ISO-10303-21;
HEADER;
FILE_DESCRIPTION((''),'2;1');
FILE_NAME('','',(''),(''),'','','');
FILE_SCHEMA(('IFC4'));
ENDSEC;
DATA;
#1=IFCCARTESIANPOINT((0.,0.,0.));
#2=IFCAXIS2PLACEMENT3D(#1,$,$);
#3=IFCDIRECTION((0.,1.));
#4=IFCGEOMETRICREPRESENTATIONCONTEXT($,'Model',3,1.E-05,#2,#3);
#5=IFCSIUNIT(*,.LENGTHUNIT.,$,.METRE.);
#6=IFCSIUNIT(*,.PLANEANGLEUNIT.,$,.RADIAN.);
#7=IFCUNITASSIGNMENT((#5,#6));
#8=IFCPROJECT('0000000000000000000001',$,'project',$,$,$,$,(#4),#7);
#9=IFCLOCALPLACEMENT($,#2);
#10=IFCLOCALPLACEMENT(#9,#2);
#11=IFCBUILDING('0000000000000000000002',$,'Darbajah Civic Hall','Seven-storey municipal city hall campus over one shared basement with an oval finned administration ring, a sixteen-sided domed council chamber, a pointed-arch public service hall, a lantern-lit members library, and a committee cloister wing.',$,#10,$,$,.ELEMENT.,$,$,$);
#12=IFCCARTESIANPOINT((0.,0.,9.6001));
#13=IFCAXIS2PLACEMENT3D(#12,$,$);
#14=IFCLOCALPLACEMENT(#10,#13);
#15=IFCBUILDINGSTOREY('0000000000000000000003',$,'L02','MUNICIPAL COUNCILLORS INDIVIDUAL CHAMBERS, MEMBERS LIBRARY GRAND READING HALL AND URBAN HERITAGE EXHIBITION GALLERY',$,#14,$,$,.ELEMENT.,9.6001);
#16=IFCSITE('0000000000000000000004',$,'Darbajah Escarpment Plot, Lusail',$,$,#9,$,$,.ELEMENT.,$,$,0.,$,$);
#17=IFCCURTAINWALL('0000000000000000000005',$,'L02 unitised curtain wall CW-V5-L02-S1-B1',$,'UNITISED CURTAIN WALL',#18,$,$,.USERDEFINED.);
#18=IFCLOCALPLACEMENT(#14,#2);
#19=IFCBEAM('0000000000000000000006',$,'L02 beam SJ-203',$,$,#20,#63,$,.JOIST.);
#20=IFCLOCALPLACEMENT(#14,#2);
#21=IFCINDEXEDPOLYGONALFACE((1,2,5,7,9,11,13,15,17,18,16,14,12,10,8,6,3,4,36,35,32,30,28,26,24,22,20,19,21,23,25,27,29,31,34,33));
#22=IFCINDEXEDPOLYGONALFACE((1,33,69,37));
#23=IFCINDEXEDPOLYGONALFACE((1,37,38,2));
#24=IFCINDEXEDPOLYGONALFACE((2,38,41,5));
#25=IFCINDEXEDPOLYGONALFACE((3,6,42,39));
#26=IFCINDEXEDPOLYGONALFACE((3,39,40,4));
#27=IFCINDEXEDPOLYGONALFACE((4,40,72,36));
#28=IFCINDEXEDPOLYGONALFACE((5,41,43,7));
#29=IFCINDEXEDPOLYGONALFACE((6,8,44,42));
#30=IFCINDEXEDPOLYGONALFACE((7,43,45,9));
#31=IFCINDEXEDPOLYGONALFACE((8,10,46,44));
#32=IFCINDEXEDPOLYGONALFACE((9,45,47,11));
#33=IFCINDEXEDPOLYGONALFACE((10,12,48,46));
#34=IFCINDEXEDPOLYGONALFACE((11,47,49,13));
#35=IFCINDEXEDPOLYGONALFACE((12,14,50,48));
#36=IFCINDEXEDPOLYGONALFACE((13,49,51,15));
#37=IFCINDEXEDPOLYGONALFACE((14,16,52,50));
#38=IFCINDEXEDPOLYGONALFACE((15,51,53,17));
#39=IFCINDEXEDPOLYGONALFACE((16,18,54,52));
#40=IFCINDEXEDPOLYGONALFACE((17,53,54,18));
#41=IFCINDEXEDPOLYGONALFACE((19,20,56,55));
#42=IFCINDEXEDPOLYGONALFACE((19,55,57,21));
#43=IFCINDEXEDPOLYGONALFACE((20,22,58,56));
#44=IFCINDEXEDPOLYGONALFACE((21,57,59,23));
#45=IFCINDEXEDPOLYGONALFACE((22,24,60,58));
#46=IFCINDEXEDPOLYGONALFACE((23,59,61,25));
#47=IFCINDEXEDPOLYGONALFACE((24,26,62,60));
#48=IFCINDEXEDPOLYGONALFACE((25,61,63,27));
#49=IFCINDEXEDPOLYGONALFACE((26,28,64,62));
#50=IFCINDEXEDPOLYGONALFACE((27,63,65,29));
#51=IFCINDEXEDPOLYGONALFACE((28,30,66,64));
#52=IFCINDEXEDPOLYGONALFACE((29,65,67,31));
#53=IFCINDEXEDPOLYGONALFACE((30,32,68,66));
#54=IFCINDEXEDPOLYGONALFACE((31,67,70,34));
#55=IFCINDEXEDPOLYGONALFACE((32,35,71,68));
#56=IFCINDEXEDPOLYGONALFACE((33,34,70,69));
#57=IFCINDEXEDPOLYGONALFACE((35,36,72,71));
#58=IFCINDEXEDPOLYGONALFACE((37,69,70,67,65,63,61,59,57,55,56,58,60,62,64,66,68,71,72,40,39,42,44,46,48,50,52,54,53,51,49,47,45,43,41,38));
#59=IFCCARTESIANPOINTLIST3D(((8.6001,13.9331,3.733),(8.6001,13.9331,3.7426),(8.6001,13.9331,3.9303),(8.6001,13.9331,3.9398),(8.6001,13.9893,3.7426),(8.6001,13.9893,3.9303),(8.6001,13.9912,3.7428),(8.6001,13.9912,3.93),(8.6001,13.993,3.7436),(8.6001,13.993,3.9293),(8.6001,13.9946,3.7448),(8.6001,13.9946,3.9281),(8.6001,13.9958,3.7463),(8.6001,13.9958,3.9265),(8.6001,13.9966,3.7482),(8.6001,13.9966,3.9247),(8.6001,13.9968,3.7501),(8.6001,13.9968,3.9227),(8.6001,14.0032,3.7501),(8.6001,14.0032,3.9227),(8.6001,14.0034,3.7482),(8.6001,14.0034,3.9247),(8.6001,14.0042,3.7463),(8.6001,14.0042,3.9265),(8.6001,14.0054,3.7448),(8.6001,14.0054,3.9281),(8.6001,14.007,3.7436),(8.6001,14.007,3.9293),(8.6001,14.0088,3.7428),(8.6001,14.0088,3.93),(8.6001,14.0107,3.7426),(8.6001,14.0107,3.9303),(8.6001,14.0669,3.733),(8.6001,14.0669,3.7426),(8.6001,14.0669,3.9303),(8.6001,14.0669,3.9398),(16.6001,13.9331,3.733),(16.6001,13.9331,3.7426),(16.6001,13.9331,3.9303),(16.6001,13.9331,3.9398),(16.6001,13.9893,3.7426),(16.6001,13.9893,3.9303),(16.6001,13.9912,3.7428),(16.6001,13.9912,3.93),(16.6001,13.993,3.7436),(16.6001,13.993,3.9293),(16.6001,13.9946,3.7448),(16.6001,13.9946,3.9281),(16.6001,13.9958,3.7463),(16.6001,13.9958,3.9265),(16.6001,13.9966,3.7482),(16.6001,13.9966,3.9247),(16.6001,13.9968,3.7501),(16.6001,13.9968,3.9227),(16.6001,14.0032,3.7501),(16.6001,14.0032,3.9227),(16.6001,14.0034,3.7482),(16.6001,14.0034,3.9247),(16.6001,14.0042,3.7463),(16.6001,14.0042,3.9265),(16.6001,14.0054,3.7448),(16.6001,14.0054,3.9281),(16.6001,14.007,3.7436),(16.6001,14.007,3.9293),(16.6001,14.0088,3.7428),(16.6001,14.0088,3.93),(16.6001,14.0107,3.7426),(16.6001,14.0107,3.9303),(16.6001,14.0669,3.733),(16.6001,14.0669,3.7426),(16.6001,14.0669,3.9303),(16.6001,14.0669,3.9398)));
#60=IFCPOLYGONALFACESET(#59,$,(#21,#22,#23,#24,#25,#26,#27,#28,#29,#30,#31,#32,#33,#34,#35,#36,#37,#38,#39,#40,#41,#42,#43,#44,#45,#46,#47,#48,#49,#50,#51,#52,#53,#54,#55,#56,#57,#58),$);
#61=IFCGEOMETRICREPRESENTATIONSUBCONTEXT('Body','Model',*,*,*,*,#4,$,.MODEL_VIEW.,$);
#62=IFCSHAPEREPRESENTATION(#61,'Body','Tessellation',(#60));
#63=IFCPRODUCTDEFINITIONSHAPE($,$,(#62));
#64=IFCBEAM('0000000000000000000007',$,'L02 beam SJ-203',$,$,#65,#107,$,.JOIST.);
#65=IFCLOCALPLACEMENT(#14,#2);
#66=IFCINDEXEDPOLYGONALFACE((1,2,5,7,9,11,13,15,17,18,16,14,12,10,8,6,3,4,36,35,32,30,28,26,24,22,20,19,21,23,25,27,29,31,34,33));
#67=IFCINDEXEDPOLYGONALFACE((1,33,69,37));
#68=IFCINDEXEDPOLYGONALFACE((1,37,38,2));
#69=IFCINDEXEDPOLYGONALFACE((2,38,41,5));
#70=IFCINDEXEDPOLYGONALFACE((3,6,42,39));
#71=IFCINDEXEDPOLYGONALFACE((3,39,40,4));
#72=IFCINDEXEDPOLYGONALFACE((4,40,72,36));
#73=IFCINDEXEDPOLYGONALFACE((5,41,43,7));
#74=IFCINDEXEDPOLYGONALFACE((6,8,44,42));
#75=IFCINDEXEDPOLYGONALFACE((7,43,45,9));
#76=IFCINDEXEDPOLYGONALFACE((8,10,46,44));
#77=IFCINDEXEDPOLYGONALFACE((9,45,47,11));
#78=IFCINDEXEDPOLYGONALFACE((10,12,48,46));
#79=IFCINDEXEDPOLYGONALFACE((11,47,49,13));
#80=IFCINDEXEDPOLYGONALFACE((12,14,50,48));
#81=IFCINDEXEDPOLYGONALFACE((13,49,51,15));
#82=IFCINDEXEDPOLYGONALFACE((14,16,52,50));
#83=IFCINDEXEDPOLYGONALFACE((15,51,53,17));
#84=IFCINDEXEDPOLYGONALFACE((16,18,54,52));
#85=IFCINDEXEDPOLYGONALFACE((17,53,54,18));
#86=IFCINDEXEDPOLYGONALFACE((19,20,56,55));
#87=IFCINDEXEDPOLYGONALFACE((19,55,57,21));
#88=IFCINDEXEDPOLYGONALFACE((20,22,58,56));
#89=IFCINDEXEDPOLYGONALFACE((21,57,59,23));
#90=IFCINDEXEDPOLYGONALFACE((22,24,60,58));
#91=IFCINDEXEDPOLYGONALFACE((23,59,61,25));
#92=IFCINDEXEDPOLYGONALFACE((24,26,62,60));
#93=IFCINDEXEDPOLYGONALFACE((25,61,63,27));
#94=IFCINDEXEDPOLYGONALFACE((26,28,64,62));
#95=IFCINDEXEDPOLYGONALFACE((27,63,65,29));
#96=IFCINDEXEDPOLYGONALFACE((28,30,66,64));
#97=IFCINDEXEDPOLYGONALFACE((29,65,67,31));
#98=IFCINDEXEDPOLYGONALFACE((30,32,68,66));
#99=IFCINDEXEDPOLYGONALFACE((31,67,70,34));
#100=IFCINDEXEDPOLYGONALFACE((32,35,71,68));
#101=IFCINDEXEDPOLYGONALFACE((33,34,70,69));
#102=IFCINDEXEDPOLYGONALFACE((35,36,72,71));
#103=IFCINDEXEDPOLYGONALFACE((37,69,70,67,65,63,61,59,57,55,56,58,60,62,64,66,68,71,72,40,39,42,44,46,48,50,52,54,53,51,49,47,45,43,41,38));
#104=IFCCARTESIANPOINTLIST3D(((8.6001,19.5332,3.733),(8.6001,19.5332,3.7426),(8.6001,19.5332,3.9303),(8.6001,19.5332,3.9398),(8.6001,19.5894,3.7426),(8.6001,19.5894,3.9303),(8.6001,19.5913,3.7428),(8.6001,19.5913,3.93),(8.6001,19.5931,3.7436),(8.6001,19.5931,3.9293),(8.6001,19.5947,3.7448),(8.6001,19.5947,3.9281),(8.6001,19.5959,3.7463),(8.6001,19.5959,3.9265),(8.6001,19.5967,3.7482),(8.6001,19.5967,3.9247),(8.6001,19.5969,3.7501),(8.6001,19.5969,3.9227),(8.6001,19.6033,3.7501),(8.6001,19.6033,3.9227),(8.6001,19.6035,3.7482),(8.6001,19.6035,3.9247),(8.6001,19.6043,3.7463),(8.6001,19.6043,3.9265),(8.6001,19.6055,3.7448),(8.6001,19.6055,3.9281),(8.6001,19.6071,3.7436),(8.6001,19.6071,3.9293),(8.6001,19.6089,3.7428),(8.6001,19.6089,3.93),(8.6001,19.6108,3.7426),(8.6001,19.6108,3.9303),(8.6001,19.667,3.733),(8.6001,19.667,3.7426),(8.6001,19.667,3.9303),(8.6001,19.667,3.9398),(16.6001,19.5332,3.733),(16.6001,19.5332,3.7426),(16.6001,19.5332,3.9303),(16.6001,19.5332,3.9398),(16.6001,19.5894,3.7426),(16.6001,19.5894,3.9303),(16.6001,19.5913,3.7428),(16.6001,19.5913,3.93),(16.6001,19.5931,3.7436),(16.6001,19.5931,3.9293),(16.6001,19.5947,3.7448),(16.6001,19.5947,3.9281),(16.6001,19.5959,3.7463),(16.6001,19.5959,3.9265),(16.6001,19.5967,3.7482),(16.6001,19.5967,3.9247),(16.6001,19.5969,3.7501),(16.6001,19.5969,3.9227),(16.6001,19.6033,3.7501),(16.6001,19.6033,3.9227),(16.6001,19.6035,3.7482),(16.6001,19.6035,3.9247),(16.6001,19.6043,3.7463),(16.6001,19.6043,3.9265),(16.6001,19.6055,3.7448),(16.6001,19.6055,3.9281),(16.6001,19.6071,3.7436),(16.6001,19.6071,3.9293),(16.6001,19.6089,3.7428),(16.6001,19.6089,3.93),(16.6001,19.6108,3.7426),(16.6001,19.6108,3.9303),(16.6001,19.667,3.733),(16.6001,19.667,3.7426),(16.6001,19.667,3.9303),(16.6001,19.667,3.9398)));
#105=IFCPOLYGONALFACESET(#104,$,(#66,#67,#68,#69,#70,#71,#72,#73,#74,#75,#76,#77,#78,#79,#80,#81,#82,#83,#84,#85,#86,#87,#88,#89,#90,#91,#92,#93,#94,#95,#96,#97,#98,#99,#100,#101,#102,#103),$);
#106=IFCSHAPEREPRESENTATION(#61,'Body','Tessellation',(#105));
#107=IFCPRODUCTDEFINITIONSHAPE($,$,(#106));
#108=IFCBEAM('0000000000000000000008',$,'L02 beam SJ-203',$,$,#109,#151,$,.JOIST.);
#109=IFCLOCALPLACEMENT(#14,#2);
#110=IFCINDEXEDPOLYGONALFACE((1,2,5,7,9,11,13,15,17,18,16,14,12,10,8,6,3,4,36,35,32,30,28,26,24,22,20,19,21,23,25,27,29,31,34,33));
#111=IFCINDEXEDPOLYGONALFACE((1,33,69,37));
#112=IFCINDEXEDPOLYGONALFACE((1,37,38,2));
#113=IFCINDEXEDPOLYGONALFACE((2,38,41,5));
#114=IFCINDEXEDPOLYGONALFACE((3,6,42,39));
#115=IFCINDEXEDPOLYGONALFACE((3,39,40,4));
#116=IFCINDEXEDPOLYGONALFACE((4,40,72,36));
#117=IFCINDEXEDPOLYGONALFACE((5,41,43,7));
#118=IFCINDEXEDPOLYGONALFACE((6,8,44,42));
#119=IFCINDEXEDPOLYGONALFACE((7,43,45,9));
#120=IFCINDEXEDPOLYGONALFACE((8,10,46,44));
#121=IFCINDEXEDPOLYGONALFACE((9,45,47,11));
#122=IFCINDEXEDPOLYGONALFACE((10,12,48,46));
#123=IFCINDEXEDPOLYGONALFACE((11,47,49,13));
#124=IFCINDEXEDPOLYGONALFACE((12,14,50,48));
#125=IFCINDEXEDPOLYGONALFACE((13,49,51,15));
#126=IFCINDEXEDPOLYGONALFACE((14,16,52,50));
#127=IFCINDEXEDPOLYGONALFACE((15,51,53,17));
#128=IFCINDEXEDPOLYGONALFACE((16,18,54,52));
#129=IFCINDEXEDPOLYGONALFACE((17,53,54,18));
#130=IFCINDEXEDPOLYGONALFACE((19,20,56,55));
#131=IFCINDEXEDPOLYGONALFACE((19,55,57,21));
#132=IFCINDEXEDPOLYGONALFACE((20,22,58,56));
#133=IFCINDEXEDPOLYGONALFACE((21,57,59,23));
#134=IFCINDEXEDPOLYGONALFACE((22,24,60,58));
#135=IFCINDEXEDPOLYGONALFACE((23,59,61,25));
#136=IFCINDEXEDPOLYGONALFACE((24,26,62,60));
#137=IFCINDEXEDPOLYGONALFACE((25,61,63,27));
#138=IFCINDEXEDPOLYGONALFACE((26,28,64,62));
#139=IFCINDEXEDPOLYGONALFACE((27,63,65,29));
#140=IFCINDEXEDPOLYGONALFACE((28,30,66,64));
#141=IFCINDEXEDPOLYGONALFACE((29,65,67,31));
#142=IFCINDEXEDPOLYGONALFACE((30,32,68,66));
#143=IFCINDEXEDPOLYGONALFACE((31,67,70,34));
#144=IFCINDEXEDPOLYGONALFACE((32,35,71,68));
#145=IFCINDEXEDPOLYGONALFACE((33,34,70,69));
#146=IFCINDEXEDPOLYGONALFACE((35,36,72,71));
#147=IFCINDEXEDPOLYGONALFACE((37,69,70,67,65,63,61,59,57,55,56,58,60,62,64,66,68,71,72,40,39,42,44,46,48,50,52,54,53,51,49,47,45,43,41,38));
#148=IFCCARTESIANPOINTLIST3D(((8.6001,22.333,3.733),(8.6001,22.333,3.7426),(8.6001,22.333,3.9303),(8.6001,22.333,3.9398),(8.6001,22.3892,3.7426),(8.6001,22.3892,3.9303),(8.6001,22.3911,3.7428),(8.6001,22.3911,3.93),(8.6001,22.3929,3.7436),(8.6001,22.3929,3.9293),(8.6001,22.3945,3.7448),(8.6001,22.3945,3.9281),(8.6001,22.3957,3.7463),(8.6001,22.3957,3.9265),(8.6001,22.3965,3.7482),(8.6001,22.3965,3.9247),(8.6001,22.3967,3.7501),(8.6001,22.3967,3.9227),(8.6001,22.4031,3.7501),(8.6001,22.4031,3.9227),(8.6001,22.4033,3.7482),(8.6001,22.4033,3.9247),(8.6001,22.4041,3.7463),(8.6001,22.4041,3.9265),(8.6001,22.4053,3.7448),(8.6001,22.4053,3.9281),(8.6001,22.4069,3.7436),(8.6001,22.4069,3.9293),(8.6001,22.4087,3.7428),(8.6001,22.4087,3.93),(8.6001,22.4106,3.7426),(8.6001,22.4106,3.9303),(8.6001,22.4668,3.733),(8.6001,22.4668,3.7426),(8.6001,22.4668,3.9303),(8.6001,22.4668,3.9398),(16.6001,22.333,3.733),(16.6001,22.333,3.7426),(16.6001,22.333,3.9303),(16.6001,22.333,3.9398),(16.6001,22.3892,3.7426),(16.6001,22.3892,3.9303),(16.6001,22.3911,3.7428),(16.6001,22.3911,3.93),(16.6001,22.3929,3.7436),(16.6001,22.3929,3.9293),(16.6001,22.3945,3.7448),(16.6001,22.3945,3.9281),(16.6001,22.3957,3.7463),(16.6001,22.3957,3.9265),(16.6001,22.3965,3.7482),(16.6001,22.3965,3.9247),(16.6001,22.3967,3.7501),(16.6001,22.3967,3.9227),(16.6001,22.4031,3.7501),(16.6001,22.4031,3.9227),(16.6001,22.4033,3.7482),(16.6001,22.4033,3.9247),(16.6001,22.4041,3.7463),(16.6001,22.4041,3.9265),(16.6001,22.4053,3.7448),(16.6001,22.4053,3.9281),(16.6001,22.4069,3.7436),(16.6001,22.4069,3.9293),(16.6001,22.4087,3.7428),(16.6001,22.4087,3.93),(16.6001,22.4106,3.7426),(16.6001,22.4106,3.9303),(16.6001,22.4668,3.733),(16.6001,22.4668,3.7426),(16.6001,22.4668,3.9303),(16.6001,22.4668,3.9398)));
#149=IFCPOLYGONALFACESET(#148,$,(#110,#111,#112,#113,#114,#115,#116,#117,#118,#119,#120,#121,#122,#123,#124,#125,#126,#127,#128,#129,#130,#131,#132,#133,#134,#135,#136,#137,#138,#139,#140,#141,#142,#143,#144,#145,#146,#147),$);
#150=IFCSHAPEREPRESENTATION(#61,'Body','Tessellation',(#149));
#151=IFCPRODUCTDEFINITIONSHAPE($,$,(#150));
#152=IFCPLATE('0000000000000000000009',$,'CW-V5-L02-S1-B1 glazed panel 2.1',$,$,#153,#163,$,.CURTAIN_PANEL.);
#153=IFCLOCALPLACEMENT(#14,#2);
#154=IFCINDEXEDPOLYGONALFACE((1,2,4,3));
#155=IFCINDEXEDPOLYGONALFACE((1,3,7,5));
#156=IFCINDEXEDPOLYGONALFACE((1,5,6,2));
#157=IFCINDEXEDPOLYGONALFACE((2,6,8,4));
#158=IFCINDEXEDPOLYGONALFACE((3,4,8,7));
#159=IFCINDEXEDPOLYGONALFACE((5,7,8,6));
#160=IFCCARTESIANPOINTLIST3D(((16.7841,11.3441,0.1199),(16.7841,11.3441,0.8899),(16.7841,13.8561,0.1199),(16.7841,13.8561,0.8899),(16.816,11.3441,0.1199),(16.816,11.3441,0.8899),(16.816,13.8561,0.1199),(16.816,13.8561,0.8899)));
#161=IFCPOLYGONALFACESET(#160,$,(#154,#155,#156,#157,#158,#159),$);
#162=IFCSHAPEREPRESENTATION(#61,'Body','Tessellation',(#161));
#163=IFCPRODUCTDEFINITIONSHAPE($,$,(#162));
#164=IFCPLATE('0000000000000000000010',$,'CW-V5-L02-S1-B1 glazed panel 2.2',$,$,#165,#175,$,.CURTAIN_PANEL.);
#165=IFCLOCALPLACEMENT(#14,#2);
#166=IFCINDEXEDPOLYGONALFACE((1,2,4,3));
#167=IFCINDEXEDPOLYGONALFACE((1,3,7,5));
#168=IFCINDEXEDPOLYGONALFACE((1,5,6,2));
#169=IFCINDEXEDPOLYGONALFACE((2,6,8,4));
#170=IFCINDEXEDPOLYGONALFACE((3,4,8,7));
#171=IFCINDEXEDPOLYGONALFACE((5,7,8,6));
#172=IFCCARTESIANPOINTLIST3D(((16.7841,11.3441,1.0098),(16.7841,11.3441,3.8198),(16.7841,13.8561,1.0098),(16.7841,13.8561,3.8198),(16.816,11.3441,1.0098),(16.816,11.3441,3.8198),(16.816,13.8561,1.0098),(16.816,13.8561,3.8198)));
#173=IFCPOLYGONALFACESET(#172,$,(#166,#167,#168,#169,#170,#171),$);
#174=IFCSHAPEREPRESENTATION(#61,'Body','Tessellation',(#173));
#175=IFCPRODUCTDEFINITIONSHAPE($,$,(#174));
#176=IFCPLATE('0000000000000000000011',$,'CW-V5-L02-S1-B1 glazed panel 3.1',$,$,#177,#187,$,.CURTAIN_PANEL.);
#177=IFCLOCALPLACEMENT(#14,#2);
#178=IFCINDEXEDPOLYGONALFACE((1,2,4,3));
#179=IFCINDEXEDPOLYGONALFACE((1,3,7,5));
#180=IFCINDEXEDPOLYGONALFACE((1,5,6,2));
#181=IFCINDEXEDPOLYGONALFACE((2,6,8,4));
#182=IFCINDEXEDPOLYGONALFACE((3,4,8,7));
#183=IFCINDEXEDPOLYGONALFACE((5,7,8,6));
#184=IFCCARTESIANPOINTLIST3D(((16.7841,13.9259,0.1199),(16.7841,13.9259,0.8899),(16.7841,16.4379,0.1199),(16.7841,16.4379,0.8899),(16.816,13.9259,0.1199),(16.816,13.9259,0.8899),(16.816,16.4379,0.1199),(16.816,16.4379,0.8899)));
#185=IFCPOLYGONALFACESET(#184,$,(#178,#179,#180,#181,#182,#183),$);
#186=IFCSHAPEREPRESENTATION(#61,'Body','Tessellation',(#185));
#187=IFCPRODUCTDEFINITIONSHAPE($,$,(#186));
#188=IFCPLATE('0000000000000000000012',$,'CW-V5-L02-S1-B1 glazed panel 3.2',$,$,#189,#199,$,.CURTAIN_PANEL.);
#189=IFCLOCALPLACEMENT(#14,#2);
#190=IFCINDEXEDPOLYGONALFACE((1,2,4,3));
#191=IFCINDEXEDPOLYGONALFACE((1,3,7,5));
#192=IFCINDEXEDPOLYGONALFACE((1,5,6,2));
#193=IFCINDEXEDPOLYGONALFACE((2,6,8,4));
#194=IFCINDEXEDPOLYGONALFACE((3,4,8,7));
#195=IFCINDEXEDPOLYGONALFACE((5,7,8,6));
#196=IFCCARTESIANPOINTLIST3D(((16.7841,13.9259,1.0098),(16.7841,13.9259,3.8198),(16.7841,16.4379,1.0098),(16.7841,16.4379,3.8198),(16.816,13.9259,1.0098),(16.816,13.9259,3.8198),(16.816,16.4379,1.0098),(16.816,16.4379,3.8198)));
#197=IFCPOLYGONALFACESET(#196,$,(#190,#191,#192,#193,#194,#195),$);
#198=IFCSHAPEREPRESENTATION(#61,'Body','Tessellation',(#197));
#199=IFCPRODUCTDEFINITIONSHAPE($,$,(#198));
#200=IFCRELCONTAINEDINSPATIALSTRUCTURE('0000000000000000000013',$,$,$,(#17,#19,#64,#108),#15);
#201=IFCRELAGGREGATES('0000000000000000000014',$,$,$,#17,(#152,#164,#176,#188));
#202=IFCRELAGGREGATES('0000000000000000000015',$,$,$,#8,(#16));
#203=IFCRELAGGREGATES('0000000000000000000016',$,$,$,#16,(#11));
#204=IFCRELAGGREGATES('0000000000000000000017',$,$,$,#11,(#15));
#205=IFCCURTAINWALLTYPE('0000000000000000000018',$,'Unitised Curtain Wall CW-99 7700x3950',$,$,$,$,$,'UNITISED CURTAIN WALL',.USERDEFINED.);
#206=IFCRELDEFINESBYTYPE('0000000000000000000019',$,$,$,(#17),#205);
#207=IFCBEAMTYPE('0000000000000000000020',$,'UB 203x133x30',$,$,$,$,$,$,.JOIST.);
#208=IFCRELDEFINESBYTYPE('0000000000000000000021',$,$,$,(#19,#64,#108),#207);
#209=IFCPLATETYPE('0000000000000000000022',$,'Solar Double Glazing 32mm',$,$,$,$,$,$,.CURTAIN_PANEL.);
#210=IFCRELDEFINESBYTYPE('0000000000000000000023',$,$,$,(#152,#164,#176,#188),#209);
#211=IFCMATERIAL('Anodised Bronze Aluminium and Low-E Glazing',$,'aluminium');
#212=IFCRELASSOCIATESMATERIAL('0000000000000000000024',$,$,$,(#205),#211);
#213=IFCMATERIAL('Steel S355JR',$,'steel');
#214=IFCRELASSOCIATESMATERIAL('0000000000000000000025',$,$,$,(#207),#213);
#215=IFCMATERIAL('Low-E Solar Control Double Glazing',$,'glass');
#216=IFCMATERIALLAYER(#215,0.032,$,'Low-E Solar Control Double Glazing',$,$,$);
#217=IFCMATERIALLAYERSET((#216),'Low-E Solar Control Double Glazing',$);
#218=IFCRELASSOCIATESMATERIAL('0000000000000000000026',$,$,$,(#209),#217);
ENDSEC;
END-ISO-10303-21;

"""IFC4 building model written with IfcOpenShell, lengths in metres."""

from ifc_helpers import new_model, si_unit, direction, frame, origin, origin_2d, place, context, subcontext, project, spatial, rectangle, i_section, extrude, material, layer, layer_set, material_profile, profile_set, type_object, element, aggregate, save


model = new_model("IFC4")

# Units and contexts
model_context = context("Model", 3, precision=1e-05, world=origin(), true_north=direction((0.0, 1.0)))
body_context = subcontext(model_context, "Body", "Model", "MODEL_VIEW")
ifc_project = project(units=[si_unit("LENGTHUNIT", "METRE"), si_unit("PLANEANGLEUNIT", "RADIAN")], contexts=[model_context])

# Site, building, storey
site_placement = place(None, origin())
site = spatial("IfcSite", under=ifc_project, at=site_placement, Name="Darbajah Escarpment Plot, Lusail", CompositionType="ELEMENT", RefElevation=0.0)
building_placement = place(site_placement, origin())
building = spatial("IfcBuilding", under=site, at=building_placement, Name="Darbajah Civic Hall", Description="Seven-storey municipal city hall campus over one shared basement with an oval finned administration ring, a sixteen-sided domed council chamber, a pointed-arch public service hall, a lantern-lit members library, and a committee cloister wing.", CompositionType="ELEMENT")
storey_placement = place(building_placement, frame((0.0, 0.0, 9.6001)))
storey = spatial("IfcBuildingStorey", under=building, at=storey_placement, Name="L02", Description="MUNICIPAL COUNCILLORS INDIVIDUAL CHAMBERS, MEMBERS LIBRARY GRAND READING HALL AND URBAN HERITAGE EXHIBITION GALLERY", CompositionType="ELEMENT", Elevation=9.6001)

# Curtain wall
ifc_material_1 = material(Name="Anodised Bronze Aluminium and Low-E Glazing", Category="aluminium")
curtain_wall_type = type_object("IfcCurtainWallType", Name="Unitised Curtain Wall CW-99 7700x3950", ElementType="UNITISED CURTAIN WALL", PredefinedType="USERDEFINED", material=ifc_material_1)
curtain_wall_placement = place(storey_placement, origin())
curtain_wall = element("IfcCurtainWall", 1, at=curtain_wall_placement, inside=storey, type_object=curtain_wall_type, Name="L02 unitised curtain wall CW-V5-L02-S1-B1", ObjectType="UNITISED CURTAIN WALL", PredefinedType="USERDEFINED")

# Beams
ifc_material_2 = material(Name="Steel S355JR", Category="steel")
ifc_material_profile_1 = material_profile(ifc_material_2, i_section(OverallWidth=0.1338, OverallDepth=0.2068, WebThickness=0.0063, FlangeThickness=0.0095, FilletRadius=0.0076, at=origin_2d()), Name="UB 203x133x30")
ifc_profile_set_1 = profile_set([ifc_material_profile_1], Name="Steel S355JR")
beam_type_1 = type_object("IfcBeamType", Name="UB 203x133x30", PredefinedType="JOIST", material=ifc_profile_set_1)
for number, where, z_axis, x_axis, name in (
    (2, (8.6001, 14.0, 3.8364), (1.0, 0.0, 0.0), (0.0, 1.0, 0.0), "L02 beam SJ-203"),
    (3, (8.6001, 19.6001, 3.8364), (1.0, 0.0, 0.0), (0.0, 1.0, 0.0), "L02 beam SJ-203"),
    (4, (8.6001, 22.3999, 3.8364), (1.0, 0.0, 0.0), (0.0, 1.0, 0.0), "L02 beam SJ-203"),
):
    element("IfcBeam", number, at=place(storey_placement, frame(where, z_axis=z_axis, x_axis=x_axis)), inside=storey, type_object=beam_type_1, Name=name, PredefinedType="JOIST", context=body_context, shape_type="SweptSolid", body=[
        extrude(i_section(OverallWidth=0.1338, OverallDepth=0.2068, WebThickness=0.0063, FlangeThickness=0.0095, FilletRadius=0.0076, at=origin_2d()), origin(), (0.0, 0.0, 1.0), 8.0),
    ])

# Plates
ifc_material_3 = material(Name="Low-E Solar Control Double Glazing", Category="glass")
ifc_layer = layer(ifc_material_3, 0.032, Name="Low-E Solar Control Double Glazing")
ifc_layer_set = layer_set([ifc_layer], Name="Low-E Solar Control Double Glazing")
plate_type = type_object("IfcPlateType", Name="Solar Double Glazing 32mm", PredefinedType="CURTAIN_PANEL", material=ifc_layer_set)
plate_1_placement = place(storey_placement, frame((16.8, 12.6001, 0.1199), z_axis=(0.0, 0.0, 1.0), x_axis=(0.0, 1.0, 0.0)))
plate_1 = element("IfcPlate", 5, at=plate_1_placement, type_object=plate_type, Name="CW-V5-L02-S1-B1 glazed panel 2.1", PredefinedType="CURTAIN_PANEL", context=body_context, shape_type="SweptSolid", body=[
    extrude(rectangle(XDim=2.512, YDim=0.032, at=origin_2d()), origin(), (0.0, 0.0, 1.0), 0.77),
])
plate_2_placement = place(storey_placement, frame((16.8, 12.6001, 1.0098), z_axis=(0.0, 0.0, 1.0), x_axis=(0.0, 1.0, 0.0)))
plate_2 = element("IfcPlate", 6, at=plate_2_placement, type_object=plate_type, Name="CW-V5-L02-S1-B1 glazed panel 2.2", PredefinedType="CURTAIN_PANEL", context=body_context, shape_type="SweptSolid", body=[
    extrude(rectangle(XDim=2.512, YDim=0.032, at=origin_2d()), origin(), (0.0, 0.0, 1.0), 2.8101),
])
plate_3_placement = place(storey_placement, frame((16.8, 15.1819, 0.1199), z_axis=(0.0, 0.0, 1.0), x_axis=(0.0, 1.0, 0.0)))
plate_3 = element("IfcPlate", 7, at=plate_3_placement, type_object=plate_type, Name="CW-V5-L02-S1-B1 glazed panel 3.1", PredefinedType="CURTAIN_PANEL", context=body_context, shape_type="SweptSolid", body=[
    extrude(rectangle(XDim=2.512, YDim=0.032, at=origin_2d()), origin(), (0.0, 0.0, 1.0), 0.77),
])
plate_4_placement = place(storey_placement, frame((16.8, 15.1819, 1.0098), z_axis=(0.0, 0.0, 1.0), x_axis=(0.0, 1.0, 0.0)))
plate_4 = element("IfcPlate", 8, at=plate_4_placement, type_object=plate_type, Name="CW-V5-L02-S1-B1 glazed panel 3.2", PredefinedType="CURTAIN_PANEL", context=body_context, shape_type="SweptSolid", body=[
    extrude(rectangle(XDim=2.512, YDim=0.032, at=origin_2d()), origin(), (0.0, 0.0, 1.0), 2.8101),
])
aggregate(curtain_wall, [plate_1, plate_2, plate_3, plate_4])

save(model, "model.ifc")
